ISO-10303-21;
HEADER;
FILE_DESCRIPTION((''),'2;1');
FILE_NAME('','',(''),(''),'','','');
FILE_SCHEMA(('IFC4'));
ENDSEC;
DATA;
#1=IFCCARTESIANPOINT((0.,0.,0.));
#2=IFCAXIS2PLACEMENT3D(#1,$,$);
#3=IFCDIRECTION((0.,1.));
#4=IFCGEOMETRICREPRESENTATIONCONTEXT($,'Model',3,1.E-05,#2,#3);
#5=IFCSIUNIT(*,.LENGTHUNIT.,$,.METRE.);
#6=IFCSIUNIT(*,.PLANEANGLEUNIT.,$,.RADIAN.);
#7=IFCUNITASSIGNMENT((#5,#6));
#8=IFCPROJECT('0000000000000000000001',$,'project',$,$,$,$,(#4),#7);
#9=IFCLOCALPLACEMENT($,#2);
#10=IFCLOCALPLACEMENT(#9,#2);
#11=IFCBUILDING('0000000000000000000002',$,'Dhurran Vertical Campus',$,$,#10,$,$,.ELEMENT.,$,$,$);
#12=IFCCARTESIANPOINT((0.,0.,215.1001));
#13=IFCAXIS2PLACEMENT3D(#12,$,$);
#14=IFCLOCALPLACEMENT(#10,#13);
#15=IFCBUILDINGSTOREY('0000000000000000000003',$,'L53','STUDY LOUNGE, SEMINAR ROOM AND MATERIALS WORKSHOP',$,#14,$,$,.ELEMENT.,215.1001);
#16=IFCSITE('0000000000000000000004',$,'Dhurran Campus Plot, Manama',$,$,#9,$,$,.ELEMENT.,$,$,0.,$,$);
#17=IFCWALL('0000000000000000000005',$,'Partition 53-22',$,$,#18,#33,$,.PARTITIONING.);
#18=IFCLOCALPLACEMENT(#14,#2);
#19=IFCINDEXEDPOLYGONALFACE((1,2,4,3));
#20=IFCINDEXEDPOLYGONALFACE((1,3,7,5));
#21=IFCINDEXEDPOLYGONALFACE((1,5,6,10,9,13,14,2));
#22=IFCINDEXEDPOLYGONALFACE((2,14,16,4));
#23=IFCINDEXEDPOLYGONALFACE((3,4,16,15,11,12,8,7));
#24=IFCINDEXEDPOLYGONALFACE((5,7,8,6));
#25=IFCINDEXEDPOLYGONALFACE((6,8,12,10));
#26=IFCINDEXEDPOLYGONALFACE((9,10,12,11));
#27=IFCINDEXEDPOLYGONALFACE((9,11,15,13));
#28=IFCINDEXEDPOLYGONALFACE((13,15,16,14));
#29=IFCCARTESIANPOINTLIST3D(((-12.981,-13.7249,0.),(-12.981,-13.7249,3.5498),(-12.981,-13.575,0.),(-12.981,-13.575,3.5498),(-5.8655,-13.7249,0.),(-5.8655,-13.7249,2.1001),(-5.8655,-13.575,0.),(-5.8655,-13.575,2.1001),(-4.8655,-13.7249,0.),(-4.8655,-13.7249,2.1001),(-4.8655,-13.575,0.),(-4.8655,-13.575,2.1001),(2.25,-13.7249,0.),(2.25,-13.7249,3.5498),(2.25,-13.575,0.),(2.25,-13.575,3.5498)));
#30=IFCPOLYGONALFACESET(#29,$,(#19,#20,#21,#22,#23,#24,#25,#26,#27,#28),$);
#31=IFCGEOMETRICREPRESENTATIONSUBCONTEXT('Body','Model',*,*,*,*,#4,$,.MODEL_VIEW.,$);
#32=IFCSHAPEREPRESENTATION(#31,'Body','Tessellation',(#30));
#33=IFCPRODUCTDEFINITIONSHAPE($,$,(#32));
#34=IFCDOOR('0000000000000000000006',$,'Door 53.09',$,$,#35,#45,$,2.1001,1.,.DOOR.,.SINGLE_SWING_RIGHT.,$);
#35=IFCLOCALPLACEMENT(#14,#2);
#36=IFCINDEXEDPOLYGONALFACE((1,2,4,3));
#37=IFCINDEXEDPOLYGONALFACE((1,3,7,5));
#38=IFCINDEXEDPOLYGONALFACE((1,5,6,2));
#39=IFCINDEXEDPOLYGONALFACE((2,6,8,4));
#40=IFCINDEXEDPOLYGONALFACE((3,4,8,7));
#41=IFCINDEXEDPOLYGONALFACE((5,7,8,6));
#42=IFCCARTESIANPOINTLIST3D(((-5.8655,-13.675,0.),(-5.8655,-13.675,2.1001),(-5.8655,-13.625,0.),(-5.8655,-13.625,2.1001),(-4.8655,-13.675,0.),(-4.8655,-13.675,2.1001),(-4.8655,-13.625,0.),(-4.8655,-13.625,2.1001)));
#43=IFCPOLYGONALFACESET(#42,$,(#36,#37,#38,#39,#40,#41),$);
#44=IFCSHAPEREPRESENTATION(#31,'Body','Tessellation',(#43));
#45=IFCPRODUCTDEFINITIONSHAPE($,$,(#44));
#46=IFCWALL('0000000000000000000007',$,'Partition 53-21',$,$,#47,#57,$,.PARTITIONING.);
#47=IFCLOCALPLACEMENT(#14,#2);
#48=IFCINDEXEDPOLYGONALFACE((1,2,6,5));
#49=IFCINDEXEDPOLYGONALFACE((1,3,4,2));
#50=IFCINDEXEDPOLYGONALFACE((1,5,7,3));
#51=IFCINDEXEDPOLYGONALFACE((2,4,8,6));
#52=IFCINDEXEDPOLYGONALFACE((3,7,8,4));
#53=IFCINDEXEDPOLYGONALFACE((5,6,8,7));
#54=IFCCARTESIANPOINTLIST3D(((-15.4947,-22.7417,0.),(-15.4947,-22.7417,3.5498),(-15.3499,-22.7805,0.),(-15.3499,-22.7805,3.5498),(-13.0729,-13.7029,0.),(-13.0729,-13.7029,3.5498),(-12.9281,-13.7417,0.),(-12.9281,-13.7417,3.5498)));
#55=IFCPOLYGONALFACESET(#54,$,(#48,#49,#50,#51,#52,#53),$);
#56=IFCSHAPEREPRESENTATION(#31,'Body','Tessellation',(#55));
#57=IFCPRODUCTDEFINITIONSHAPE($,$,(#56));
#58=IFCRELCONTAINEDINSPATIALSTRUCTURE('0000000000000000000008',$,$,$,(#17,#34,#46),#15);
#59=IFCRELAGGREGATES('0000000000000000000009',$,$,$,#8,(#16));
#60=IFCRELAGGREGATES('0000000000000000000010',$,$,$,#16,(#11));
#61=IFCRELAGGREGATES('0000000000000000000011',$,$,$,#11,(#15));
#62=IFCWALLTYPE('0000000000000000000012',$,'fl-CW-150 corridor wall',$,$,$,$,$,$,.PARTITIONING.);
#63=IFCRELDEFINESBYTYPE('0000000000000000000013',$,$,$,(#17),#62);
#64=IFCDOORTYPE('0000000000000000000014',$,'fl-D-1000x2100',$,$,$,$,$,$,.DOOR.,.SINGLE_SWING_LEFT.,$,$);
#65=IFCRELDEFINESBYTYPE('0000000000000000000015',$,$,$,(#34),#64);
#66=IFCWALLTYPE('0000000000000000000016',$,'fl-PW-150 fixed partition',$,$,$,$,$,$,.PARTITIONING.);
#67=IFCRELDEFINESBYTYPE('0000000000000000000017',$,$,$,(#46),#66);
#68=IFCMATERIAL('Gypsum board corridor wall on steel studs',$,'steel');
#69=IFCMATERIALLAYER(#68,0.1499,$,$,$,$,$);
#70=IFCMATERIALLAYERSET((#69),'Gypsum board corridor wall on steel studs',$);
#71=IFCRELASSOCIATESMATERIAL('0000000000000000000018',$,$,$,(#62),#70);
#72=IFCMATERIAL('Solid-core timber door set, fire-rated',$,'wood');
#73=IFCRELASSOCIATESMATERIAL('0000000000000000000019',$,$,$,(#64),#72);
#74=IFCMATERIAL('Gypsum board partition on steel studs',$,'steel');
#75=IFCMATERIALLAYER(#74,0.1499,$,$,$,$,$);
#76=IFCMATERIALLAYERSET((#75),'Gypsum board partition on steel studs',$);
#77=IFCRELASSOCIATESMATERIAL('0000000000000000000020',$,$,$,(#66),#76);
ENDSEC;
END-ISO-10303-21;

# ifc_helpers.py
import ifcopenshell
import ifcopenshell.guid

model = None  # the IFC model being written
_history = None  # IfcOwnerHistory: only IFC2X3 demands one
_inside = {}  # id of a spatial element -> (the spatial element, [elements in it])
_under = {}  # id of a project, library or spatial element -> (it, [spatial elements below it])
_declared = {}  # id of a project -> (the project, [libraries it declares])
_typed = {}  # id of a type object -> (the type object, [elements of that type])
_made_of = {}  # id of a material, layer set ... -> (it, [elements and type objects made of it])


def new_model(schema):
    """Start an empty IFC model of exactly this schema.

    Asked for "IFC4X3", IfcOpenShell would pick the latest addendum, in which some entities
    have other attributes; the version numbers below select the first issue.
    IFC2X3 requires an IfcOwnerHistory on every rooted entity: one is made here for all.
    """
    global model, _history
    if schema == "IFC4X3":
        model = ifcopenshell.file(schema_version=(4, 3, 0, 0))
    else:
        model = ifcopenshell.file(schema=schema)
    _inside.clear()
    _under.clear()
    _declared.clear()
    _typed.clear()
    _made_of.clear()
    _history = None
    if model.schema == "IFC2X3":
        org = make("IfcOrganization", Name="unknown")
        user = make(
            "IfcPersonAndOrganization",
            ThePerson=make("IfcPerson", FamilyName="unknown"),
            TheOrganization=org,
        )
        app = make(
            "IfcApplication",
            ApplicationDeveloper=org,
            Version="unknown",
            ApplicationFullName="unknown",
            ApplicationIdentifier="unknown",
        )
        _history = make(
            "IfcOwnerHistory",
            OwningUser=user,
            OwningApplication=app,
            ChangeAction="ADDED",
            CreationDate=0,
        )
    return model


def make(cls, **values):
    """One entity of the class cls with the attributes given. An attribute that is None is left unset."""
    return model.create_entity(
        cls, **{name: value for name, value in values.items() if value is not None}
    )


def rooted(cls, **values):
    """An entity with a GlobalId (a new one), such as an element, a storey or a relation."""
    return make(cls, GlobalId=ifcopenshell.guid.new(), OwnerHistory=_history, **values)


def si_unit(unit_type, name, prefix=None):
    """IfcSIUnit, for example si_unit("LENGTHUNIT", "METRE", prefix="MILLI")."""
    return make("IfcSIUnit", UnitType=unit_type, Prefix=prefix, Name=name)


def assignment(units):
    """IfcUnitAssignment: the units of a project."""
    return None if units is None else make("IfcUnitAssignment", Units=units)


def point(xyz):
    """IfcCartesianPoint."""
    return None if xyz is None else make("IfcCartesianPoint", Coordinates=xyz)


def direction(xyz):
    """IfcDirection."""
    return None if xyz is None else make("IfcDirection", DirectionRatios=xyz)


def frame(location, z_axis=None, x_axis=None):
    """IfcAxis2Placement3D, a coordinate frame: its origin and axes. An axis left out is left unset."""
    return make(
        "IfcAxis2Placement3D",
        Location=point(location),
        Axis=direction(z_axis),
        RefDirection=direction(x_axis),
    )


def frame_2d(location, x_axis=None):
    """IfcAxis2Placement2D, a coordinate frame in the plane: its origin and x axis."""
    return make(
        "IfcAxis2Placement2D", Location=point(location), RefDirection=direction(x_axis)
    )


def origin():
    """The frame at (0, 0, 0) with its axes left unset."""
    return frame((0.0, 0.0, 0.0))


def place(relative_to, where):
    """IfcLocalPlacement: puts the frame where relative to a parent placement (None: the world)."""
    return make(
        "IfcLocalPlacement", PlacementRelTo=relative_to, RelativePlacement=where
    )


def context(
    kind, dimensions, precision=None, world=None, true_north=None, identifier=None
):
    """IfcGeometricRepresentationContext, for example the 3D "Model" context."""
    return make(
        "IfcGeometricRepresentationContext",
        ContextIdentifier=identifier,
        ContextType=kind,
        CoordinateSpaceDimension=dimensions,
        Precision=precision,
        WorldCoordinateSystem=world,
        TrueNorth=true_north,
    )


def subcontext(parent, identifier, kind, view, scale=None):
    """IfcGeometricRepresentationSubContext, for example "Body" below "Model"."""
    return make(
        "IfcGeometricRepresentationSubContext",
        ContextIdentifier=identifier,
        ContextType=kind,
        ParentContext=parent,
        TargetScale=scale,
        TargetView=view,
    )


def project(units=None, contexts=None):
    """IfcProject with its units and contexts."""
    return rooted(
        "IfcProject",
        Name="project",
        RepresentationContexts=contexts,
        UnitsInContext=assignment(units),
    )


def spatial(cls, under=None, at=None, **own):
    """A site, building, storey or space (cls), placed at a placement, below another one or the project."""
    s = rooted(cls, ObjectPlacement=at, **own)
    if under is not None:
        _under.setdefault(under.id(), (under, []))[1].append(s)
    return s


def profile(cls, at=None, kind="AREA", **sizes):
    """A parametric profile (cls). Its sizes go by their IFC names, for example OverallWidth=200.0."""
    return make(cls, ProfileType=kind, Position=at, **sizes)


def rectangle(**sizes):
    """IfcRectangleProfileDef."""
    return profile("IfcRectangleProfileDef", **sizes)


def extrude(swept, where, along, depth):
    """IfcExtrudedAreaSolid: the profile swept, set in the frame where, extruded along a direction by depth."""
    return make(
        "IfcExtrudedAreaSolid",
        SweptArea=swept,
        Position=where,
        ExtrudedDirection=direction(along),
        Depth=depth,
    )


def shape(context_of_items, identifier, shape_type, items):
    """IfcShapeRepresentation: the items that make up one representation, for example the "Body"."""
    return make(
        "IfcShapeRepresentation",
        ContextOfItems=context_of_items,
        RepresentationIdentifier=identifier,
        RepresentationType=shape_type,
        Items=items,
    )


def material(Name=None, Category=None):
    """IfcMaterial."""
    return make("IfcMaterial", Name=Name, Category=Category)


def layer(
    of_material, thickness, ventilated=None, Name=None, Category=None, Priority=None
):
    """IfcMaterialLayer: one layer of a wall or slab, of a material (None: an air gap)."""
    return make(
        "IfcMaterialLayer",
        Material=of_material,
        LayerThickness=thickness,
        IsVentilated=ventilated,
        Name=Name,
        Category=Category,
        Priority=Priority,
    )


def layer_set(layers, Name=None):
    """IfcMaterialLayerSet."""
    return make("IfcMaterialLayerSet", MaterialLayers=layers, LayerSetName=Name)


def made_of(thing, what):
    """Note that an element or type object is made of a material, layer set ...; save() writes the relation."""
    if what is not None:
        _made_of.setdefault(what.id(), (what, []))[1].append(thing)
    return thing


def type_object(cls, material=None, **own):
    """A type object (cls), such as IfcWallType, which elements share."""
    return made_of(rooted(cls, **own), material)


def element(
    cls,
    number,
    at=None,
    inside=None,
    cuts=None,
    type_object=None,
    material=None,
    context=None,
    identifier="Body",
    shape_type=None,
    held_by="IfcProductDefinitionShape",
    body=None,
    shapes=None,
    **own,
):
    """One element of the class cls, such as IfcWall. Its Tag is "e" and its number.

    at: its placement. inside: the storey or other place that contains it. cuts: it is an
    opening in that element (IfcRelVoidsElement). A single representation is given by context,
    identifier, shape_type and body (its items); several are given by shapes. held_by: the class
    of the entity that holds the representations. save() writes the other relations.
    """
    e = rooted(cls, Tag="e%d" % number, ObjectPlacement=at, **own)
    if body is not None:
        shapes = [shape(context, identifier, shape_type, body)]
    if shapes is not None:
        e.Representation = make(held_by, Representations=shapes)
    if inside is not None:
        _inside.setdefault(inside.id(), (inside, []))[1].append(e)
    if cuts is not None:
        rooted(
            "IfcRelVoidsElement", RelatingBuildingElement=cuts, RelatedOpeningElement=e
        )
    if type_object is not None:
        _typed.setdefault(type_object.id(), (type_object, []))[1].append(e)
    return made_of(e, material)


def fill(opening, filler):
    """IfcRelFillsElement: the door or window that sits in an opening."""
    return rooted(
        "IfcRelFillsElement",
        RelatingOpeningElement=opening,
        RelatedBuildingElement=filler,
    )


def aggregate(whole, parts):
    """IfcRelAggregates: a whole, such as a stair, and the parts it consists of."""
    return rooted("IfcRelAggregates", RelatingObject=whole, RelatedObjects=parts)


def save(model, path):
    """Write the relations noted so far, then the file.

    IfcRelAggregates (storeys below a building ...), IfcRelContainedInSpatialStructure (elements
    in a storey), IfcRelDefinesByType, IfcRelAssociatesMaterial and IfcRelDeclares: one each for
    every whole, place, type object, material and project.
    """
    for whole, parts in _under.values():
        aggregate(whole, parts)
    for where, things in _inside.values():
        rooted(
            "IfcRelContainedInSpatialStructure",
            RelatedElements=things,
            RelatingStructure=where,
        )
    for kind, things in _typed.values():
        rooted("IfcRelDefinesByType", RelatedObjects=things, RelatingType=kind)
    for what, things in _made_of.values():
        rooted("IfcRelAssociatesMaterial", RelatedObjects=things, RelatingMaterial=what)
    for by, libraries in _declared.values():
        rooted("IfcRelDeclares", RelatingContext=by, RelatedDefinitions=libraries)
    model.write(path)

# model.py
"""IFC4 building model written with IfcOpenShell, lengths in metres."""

from ifc_helpers import new_model, si_unit, direction, frame, frame_2d, origin, place, context, subcontext, project, spatial, rectangle, extrude, material, layer, layer_set, type_object, element, fill, save


model = new_model("IFC4")

# Units and contexts
model_context = context("Model", 3, precision=1e-05, world=origin(), true_north=direction((0.0, 1.0)))
body_context = subcontext(model_context, "Body", "Model", "MODEL_VIEW")
ifc_project = project(units=[si_unit("LENGTHUNIT", "METRE"), si_unit("PLANEANGLEUNIT", "RADIAN")], contexts=[model_context])

# Site, building, storey
site_placement = place(None, origin())
site = spatial("IfcSite", under=ifc_project, at=site_placement, Name="Dhurran Campus Plot, Manama", CompositionType="ELEMENT", RefElevation=0.0)
building_placement = place(site_placement, origin())
building = spatial("IfcBuilding", under=site, at=building_placement, Name="Dhurran Vertical Campus", CompositionType="ELEMENT")
storey_placement = place(building_placement, frame((0.0, 0.0, 215.1001)))
storey = spatial("IfcBuildingStorey", under=building, at=storey_placement, Name="L53", Description="STUDY LOUNGE, SEMINAR ROOM AND MATERIALS WORKSHOP", CompositionType="ELEMENT", Elevation=215.1001)

# Shared definitions
ifc_material_1 = material(Name="Gypsum board corridor wall on steel studs", Category="steel")
ifc_layer_1 = layer(ifc_material_1, 0.1499)
ifc_layer_set_1 = layer_set([ifc_layer_1], Name="Gypsum board corridor wall on steel studs")
wall_type_1 = type_object("IfcWallType", Name="fl-CW-150 corridor wall", PredefinedType="PARTITIONING", material=ifc_layer_set_1)

# Wall, opening, door
wall_1_placement = place(storey_placement, frame((-12.981, -13.6499, 0.0), z_axis=(0.0, 0.0, 1.0), x_axis=(1.0, 0.0, 0.0)))
wall_1 = element("IfcWall", 1, at=wall_1_placement, inside=storey, type_object=wall_type_1, Name="Partition 53-22", PredefinedType="PARTITIONING", context=body_context, shape_type="SweptSolid", body=[
    extrude(rectangle(XDim=15.231, YDim=0.1499, at=frame_2d((7.6155, 0.0))), origin(), (0.0, 0.0, 1.0), 3.5498),
])
opening_1_placement = place(wall_1_placement, frame((7.1155, 0.0, 0.0)))
opening_1 = element("IfcOpeningElement", 2, at=opening_1_placement, cuts=wall_1, PredefinedType="OPENING", context=body_context, shape_type="SweptSolid", body=[
    extrude(rectangle(XDim=1.0, YDim=2.1001, at=frame_2d((0.5, 1.05))), frame((0.0, 0.085, 0.0), z_axis=(0.0, -1.0, 0.0), x_axis=(1.0, 0.0, 0.0)), (0.0, 0.0, 1.0), 0.1699),
])
ifc_material_2 = material(Name="Solid-core timber door set, fire-rated", Category="wood")
door_type_1 = type_object("IfcDoorType", Name="fl-D-1000x2100", OperationType="SINGLE_SWING_LEFT", PredefinedType="DOOR", material=ifc_material_2)
door_1_placement = place(opening_1_placement, origin())
door_1 = element("IfcDoor", 3, at=door_1_placement, inside=storey, type_object=door_type_1, Name="Door 53.09", OperationType="SINGLE_SWING_RIGHT", OverallHeight=2.1001, OverallWidth=1.0, PredefinedType="DOOR", context=body_context, shape_type="SweptSolid", body=[
    extrude(rectangle(XDim=1.0, YDim=2.1001, at=frame_2d((0.5, 1.05))), frame((0.0, 0.0249, 0.0), z_axis=(0.0, -1.0, 0.0), x_axis=(1.0, 0.0, 0.0)), (0.0, 0.0, 1.0), 0.05),
])
fill(opening_1, door_1)

# Wall
ifc_material_3 = material(Name="Gypsum board partition on steel studs", Category="steel")
ifc_layer_2 = layer(ifc_material_3, 0.1499)
ifc_layer_set_2 = layer_set([ifc_layer_2], Name="Gypsum board partition on steel studs")
wall_type_2 = type_object("IfcWallType", Name="fl-PW-150 fixed partition", PredefinedType="PARTITIONING", material=ifc_layer_set_2)
wall_2_placement = place(storey_placement, frame((-13.0005, -13.7224, 0.0), z_axis=(0.0, 0.0, 1.0), x_axis=(-0.258812, -0.965928, 0.0)))
element("IfcWall", 4, at=wall_2_placement, inside=storey, type_object=wall_type_2, Name="Partition 53-21", PredefinedType="PARTITIONING", context=body_context, shape_type="SweptSolid", body=[
    extrude(rectangle(XDim=9.3577, YDim=0.1499, at=frame_2d((4.6787, 0.0))), origin(), (0.0, 0.0, 1.0), 3.5498),
])

save(model, "model.ifc")
